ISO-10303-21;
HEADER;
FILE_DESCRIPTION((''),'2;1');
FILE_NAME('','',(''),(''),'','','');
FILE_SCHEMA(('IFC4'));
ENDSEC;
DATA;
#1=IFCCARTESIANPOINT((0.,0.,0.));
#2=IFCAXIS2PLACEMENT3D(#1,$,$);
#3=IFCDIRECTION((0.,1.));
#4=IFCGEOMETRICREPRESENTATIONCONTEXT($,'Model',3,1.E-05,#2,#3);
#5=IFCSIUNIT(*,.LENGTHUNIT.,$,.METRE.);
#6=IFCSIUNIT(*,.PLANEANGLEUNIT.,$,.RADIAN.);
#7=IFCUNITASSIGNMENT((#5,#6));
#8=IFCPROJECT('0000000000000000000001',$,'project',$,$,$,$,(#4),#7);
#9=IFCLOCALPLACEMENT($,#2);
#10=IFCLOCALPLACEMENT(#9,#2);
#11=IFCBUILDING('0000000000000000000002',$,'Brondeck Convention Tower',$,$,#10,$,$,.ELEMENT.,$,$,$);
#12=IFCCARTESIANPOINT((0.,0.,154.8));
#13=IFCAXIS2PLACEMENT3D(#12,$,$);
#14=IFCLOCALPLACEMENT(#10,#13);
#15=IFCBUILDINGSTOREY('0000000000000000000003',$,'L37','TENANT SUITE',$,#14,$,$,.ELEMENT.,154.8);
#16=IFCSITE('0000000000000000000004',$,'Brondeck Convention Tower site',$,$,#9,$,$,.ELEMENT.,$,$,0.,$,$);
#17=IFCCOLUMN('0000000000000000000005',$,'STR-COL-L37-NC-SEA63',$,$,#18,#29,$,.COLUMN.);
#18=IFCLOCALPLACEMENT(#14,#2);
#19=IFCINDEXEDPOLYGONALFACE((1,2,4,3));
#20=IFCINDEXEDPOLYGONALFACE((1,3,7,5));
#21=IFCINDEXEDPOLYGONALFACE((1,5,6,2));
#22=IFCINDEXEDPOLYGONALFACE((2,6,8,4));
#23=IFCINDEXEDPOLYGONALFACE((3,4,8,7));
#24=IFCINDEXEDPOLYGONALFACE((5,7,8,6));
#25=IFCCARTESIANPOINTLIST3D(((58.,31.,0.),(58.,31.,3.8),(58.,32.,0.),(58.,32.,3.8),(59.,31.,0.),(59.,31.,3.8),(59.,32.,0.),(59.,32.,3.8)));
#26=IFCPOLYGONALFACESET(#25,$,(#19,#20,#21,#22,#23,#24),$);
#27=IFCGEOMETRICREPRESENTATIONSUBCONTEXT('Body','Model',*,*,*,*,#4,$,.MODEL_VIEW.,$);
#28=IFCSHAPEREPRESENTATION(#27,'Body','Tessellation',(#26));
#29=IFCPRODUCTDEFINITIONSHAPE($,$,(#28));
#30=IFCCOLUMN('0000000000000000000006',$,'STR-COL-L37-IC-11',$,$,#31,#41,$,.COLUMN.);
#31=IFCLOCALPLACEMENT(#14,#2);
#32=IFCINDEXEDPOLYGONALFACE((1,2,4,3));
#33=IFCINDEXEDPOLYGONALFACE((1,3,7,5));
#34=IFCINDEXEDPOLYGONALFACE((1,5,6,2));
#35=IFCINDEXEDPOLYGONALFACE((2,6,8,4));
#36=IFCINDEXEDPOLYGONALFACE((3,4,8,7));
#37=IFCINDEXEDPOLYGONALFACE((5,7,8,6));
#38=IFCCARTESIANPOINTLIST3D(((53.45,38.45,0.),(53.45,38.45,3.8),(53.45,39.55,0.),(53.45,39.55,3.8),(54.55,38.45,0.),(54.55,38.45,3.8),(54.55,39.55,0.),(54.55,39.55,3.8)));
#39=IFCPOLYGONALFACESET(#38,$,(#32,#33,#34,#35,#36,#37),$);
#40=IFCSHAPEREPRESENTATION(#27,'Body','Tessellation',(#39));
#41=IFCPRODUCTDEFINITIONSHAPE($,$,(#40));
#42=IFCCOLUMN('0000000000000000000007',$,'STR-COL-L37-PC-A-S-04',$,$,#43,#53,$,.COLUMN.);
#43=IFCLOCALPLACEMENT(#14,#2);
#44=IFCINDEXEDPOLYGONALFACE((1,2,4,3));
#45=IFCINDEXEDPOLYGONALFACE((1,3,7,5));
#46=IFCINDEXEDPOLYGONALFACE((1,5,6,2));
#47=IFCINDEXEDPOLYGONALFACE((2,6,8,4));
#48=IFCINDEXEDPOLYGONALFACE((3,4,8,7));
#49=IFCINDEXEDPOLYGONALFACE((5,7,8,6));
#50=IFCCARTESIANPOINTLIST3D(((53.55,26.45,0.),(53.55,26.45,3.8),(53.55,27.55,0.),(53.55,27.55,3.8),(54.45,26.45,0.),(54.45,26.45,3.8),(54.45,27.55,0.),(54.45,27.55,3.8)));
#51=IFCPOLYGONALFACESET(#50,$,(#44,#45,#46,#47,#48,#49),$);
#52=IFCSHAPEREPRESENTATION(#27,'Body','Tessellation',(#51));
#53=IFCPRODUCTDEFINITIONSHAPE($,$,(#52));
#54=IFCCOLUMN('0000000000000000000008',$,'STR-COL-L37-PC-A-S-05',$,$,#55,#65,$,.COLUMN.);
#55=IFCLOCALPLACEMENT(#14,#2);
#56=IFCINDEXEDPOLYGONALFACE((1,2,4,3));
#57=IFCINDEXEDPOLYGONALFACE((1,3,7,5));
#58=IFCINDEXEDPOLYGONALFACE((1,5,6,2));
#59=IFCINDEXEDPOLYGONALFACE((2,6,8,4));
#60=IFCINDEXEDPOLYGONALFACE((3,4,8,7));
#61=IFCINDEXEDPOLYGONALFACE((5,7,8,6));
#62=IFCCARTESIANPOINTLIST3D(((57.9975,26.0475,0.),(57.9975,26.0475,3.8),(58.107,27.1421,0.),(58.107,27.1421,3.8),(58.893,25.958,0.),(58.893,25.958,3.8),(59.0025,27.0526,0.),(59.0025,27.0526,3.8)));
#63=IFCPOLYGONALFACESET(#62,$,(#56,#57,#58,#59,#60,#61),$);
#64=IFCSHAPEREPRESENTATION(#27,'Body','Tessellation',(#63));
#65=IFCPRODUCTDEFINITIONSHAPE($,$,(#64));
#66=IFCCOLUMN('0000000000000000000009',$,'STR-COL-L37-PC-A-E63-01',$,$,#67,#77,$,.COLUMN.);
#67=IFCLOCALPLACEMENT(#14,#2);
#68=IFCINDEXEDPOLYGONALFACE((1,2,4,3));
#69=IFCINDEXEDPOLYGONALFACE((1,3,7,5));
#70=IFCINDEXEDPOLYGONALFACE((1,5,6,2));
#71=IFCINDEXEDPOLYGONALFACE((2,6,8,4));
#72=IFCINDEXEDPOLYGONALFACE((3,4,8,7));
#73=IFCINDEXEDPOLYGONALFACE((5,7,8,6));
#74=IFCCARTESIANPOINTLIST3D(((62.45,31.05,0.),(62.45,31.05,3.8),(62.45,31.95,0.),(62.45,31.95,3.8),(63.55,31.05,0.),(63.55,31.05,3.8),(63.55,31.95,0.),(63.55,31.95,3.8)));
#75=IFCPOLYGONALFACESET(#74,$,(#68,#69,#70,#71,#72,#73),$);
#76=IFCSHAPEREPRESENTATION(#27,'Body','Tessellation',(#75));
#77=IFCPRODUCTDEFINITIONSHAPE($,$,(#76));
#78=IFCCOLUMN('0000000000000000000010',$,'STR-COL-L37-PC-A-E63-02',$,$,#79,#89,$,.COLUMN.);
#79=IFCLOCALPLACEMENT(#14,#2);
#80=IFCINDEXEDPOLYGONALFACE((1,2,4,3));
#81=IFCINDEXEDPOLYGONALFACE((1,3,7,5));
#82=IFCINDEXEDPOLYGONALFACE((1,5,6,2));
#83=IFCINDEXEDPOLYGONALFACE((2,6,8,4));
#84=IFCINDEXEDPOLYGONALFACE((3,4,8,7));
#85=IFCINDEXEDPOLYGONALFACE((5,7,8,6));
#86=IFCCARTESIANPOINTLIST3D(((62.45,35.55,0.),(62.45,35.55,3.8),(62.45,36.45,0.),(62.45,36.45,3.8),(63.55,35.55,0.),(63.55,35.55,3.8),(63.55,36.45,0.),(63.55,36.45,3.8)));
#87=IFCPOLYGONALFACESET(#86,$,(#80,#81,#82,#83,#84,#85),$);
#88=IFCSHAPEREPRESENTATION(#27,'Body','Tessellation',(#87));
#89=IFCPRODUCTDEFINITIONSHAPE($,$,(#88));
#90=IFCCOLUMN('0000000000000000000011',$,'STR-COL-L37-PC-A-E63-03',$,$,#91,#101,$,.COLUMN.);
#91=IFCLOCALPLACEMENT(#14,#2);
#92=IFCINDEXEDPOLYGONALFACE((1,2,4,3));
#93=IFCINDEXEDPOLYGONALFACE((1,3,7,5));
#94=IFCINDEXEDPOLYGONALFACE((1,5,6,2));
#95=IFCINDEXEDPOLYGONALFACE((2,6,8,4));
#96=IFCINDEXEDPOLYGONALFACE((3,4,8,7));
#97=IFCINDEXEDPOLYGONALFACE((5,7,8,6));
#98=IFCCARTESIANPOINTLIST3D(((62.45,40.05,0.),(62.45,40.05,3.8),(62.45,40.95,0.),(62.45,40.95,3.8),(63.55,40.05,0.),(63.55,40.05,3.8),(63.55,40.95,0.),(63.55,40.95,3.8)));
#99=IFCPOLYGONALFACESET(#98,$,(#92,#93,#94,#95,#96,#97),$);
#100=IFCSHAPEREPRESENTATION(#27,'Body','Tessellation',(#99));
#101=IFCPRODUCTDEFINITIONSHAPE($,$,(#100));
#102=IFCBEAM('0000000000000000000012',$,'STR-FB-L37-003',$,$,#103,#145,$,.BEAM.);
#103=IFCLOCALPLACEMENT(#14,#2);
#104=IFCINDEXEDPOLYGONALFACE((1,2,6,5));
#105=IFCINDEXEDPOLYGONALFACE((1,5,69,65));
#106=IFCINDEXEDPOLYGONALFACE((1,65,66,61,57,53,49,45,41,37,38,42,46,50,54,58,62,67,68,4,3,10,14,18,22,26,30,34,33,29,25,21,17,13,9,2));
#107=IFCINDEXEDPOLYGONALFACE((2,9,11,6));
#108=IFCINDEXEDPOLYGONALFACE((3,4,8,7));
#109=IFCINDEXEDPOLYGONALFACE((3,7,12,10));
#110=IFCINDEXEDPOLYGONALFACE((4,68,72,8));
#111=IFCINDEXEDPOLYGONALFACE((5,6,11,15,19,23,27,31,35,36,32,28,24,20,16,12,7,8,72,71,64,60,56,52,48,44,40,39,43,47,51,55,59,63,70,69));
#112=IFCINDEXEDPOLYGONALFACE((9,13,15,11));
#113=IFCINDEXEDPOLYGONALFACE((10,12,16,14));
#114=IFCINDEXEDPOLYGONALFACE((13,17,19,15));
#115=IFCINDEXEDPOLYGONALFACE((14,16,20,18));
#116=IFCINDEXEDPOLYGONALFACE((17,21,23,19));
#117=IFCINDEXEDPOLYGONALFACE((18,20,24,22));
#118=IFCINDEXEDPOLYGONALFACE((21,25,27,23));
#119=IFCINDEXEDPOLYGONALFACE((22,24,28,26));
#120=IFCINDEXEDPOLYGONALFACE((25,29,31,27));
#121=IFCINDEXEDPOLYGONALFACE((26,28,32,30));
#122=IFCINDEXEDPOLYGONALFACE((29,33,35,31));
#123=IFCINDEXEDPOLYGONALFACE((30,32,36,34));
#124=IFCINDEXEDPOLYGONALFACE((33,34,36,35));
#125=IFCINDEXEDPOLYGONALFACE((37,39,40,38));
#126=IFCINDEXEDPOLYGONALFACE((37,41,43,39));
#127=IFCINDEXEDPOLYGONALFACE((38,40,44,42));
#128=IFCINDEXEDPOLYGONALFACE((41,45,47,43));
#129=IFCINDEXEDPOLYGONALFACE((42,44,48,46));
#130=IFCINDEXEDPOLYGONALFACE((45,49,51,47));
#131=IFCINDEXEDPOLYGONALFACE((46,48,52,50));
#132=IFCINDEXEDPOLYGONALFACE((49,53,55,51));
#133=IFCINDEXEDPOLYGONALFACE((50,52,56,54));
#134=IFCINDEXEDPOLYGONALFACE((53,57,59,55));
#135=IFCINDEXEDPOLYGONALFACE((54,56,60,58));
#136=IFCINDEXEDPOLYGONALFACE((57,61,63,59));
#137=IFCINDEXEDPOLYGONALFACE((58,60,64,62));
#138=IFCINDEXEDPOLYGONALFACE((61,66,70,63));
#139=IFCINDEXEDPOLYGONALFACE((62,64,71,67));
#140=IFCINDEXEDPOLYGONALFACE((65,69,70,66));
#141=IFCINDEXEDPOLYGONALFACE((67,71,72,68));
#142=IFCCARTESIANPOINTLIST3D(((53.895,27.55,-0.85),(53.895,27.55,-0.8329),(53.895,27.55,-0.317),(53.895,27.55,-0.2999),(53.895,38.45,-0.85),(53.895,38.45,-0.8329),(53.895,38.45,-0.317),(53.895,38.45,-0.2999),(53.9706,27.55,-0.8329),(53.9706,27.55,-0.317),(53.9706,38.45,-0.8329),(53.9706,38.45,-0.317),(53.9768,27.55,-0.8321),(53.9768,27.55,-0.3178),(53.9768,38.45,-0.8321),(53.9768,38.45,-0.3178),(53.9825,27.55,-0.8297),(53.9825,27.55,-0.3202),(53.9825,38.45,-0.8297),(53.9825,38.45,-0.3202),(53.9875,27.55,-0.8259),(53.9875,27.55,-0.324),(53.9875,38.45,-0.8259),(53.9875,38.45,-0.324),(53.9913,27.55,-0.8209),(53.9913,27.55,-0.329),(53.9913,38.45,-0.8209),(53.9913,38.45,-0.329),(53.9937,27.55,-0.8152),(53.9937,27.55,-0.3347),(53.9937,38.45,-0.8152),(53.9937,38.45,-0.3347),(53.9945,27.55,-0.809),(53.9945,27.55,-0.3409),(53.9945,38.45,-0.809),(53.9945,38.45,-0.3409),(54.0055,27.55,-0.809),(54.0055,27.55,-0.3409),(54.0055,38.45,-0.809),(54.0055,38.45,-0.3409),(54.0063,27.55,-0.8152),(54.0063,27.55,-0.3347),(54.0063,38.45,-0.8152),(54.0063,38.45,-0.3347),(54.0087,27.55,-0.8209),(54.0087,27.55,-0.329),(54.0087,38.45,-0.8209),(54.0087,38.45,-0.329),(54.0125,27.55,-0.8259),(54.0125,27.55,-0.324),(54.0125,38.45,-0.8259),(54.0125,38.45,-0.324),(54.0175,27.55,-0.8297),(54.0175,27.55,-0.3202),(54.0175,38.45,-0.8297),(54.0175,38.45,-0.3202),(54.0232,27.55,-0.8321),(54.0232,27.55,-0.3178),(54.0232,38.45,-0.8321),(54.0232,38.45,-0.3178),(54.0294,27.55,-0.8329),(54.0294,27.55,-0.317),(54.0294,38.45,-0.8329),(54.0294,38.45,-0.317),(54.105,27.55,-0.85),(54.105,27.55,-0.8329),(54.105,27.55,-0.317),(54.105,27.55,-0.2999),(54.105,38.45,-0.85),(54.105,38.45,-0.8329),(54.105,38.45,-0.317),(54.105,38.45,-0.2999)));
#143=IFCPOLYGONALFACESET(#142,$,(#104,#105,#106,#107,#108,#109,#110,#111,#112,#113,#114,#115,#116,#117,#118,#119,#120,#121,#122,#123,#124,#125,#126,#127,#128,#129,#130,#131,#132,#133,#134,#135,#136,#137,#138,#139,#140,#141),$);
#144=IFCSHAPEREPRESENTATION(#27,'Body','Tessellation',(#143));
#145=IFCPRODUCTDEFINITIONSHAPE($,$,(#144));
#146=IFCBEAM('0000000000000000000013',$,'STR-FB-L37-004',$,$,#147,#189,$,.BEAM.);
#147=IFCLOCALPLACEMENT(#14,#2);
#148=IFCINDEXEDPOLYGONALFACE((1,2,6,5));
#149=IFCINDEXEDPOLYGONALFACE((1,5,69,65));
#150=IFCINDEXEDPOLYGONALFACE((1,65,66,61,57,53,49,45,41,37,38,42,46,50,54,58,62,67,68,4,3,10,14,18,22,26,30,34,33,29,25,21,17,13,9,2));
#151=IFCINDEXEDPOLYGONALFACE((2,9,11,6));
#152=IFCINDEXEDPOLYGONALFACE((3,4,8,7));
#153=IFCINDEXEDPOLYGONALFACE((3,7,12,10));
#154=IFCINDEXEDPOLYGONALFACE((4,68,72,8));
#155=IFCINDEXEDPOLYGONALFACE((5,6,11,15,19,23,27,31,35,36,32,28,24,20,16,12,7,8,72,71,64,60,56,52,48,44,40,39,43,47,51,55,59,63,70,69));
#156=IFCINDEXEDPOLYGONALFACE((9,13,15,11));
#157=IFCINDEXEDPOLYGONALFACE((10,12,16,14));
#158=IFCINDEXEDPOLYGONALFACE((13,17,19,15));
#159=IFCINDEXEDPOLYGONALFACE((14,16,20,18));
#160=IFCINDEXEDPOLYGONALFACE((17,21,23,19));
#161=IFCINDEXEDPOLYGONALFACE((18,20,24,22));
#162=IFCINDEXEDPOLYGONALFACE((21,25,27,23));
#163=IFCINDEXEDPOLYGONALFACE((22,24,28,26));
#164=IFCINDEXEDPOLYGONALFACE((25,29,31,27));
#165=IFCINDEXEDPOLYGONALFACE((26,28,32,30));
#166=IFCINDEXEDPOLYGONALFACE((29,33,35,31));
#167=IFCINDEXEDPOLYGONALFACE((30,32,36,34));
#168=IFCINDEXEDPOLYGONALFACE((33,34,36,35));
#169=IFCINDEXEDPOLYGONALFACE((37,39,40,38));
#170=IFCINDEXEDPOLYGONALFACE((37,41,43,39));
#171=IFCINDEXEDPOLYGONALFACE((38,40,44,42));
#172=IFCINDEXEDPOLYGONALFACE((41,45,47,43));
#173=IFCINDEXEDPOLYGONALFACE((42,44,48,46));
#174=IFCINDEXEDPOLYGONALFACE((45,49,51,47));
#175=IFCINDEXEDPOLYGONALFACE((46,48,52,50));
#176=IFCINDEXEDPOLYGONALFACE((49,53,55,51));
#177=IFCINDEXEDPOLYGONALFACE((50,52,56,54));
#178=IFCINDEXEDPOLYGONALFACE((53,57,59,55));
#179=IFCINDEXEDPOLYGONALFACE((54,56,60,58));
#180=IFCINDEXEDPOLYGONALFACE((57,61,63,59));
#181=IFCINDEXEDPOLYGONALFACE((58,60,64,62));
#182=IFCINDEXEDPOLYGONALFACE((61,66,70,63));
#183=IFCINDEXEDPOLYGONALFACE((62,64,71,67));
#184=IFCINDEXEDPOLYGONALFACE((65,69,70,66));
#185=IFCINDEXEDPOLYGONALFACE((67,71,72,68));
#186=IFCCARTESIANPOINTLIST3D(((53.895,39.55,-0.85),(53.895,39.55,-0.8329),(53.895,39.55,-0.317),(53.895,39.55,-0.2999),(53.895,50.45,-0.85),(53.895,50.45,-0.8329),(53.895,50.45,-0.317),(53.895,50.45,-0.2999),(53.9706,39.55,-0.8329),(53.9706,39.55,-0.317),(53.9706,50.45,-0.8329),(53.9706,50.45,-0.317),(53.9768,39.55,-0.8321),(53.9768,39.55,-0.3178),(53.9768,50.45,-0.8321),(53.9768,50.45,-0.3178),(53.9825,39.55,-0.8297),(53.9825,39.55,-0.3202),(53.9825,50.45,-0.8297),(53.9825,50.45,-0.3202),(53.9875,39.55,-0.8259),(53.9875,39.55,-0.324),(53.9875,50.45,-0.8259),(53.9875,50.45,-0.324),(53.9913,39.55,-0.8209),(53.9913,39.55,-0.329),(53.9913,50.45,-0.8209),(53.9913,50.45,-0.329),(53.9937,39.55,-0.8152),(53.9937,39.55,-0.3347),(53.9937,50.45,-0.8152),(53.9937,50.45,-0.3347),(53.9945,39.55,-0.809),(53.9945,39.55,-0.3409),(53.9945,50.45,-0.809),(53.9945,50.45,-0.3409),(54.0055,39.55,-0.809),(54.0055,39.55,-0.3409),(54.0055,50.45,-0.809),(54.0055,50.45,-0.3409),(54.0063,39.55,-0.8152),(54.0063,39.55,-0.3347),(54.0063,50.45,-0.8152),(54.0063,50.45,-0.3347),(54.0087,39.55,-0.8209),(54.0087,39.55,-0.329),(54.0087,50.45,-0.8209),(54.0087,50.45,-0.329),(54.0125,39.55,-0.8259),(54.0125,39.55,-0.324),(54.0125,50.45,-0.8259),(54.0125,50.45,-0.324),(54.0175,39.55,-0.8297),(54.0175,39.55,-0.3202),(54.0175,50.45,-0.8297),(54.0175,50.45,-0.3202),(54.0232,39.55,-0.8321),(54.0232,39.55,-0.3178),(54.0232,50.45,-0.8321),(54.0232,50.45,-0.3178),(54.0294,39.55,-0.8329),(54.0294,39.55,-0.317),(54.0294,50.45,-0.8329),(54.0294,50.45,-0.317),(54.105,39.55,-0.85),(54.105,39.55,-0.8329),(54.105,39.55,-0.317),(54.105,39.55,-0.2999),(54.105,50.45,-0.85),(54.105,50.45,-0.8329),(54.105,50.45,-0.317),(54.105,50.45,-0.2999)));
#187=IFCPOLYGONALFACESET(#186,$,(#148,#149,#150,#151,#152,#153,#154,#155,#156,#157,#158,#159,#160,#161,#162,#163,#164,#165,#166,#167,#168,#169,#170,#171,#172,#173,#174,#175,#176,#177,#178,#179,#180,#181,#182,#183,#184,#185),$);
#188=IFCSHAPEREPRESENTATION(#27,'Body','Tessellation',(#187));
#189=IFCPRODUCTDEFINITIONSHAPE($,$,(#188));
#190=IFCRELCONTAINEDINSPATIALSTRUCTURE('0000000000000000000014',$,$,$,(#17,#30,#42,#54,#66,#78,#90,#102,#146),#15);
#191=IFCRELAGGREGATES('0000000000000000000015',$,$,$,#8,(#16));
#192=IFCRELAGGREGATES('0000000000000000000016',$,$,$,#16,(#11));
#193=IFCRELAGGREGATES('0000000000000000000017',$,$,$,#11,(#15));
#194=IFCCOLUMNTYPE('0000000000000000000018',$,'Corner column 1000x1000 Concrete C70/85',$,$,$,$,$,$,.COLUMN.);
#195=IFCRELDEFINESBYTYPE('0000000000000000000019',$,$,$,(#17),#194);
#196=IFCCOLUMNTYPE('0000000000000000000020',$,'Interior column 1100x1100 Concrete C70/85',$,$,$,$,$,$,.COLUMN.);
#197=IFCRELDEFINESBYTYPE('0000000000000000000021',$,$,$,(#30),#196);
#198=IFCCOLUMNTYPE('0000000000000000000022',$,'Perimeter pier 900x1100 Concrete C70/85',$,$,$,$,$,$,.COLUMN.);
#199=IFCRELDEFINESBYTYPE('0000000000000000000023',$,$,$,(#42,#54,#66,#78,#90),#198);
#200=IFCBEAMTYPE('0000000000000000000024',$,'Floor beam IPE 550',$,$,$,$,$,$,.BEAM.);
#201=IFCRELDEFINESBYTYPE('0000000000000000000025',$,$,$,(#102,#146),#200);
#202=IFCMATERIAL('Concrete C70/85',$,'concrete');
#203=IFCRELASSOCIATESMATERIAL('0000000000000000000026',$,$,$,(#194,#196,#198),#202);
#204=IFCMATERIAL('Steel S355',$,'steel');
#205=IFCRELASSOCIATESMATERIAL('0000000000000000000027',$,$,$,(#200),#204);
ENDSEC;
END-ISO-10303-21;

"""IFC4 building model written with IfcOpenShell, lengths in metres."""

from ifc_helpers import new_model, si_unit, direction, frame, origin, origin_2d, place, context, subcontext, project, spatial, rectangle, i_section, extrude, material, material_profile, profile_set, type_object, element, save


model = new_model("IFC4")

# Units and contexts
model_context = context("Model", 3, precision=1e-05, world=origin(), true_north=direction((0.0, 1.0)))
body_context = subcontext(model_context, "Body", "Model", "MODEL_VIEW")
ifc_project = project(units=[si_unit("LENGTHUNIT", "METRE"), si_unit("PLANEANGLEUNIT", "RADIAN")], contexts=[model_context])

# Site, building, storey
site_placement = place(None, origin())
site = spatial("IfcSite", under=ifc_project, at=site_placement, Name="Brondeck Convention Tower site", CompositionType="ELEMENT", RefElevation=0.0)
building_placement = place(site_placement, origin())
building = spatial("IfcBuilding", under=site, at=building_placement, Name="Brondeck Convention Tower", CompositionType="ELEMENT")
storey_placement = place(building_placement, frame((0.0, 0.0, 154.8)))
storey = spatial("IfcBuildingStorey", under=building, at=storey_placement, Name="L37", Description="TENANT SUITE", CompositionType="ELEMENT", Elevation=154.8)

# Columns
ifc_material_1 = material(Name="Concrete C70/85", Category="concrete")
ifc_material_profile_1 = material_profile(ifc_material_1, rectangle(XDim=1.0, YDim=1.0, at=origin_2d()), Name="Corner column 1000x1000 Concrete C70/85")
ifc_profile_set_1 = profile_set([ifc_material_profile_1], Name="Concrete C70/85")
column_type_1 = type_object("IfcColumnType", Name="Corner column 1000x1000 Concrete C70/85", PredefinedType="COLUMN", material=ifc_profile_set_1)
column_1_placement = place(storey_placement, frame((58.5, 31.5, 0.0), z_axis=(0.0, 0.0, 1.0), x_axis=(1.0, 0.0, 0.0)))
element("IfcColumn", 1, at=column_1_placement, inside=storey, type_object=column_type_1, Name="STR-COL-L37-NC-SEA63", PredefinedType="COLUMN", context=body_context, shape_type="SweptSolid", body=[
    extrude(rectangle(XDim=1.0, YDim=1.0, at=origin_2d()), origin(), (0.0, 0.0, 1.0), 3.8),
])
ifc_material_profile_2 = material_profile(ifc_material_1, rectangle(XDim=1.1001, YDim=1.1001, at=origin_2d()), Name="Interior column 1100x1100 Concrete C70/85")
ifc_profile_set_2 = profile_set([ifc_material_profile_2], Name="Concrete C70/85")
column_type_2 = type_object("IfcColumnType", Name="Interior column 1100x1100 Concrete C70/85", PredefinedType="COLUMN", material=ifc_profile_set_2)
column_2_placement = place(storey_placement, frame((54.0, 39.0, 0.0), z_axis=(0.0, 0.0, 1.0), x_axis=(1.0, 0.0, 0.0)))
element("IfcColumn", 2, at=column_2_placement, inside=storey, type_object=column_type_2, Name="STR-COL-L37-IC-11", PredefinedType="COLUMN", context=body_context, shape_type="SweptSolid", body=[
    extrude(rectangle(XDim=1.1001, YDim=1.1001, at=origin_2d()), origin(), (0.0, 0.0, 1.0), 3.8),
])
ifc_material_profile_3 = material_profile(ifc_material_1, rectangle(XDim=0.8999, YDim=1.1001, at=origin_2d()), Name="Perimeter pier 900x1100 Concrete C70/85")
ifc_profile_set_3 = profile_set([ifc_material_profile_3], Name="Concrete C70/85")
column_type_3 = type_object("IfcColumnType", Name="Perimeter pier 900x1100 Concrete C70/85", PredefinedType="COLUMN", material=ifc_profile_set_3)
for number, where, z_axis, x_axis, name in (
    (3, (54.0, 27.0, 0.0), (0.0, 0.0, 1.0), (1.0, 0.0, 0.0), "STR-COL-L37-PC-A-S-04"),
    (4, (58.5, 26.55, 0.0), (0.0, 0.0, 1.0), (0.995037, -0.099504, 0.0), "STR-COL-L37-PC-A-S-05"),
    (5, (63.0, 31.5, 0.0), (0.0, 0.0, 1.0), (0.0, 1.0, 0.0), "STR-COL-L37-PC-A-E63-01"),
    (6, (63.0, 36.0, 0.0), (0.0, 0.0, 1.0), (0.0, 1.0, 0.0), "STR-COL-L37-PC-A-E63-02"),
    (7, (63.0, 40.5, 0.0), (0.0, 0.0, 1.0), (0.0, 1.0, 0.0), "STR-COL-L37-PC-A-E63-03"),
):
    element("IfcColumn", number, at=place(storey_placement, frame(where, z_axis=z_axis, x_axis=x_axis)), inside=storey, type_object=column_type_3, Name=name, PredefinedType="COLUMN", context=body_context, shape_type="SweptSolid", body=[
        extrude(rectangle(XDim=0.8999, YDim=1.1001, at=origin_2d()), origin(), (0.0, 0.0, 1.0), 3.8),
    ])

# Beams
ifc_material_2 = material(Name="Steel S355", Category="steel")
ifc_material_profile_4 = material_profile(ifc_material_2, i_section(OverallWidth=0.21, OverallDepth=0.55, WebThickness=0.011, FlangeThickness=0.0171, FilletRadius=0.0239, at=origin_2d()), Name="IPE 550")
ifc_profile_set_4 = profile_set([ifc_material_profile_4], Name="Steel S355")
beam_type_1 = type_object("IfcBeamType", Name="Floor beam IPE 550", PredefinedType="BEAM", material=ifc_profile_set_4)
for number, where, z_axis, x_axis, name in (
    (8, (54.0, 27.55, -0.575), (0.0, 1.0, 0.0), (-1.0, 0.0, 0.0), "STR-FB-L37-003"),
    (9, (54.0, 39.55, -0.575), (0.0, 1.0, 0.0), (-1.0, 0.0, 0.0), "STR-FB-L37-004"),
):
    element("IfcBeam", number, at=place(storey_placement, frame(where, z_axis=z_axis, x_axis=x_axis)), inside=storey, type_object=beam_type_1, Name=name, PredefinedType="BEAM", context=body_context, shape_type="SweptSolid", body=[
        extrude(i_section(OverallWidth=0.21, OverallDepth=0.55, WebThickness=0.011, FlangeThickness=0.0171, FilletRadius=0.0239, at=origin_2d()), origin(), (0.0, 0.0, 1.0), 10.8999),
    ])

save(model, "model.ifc")
